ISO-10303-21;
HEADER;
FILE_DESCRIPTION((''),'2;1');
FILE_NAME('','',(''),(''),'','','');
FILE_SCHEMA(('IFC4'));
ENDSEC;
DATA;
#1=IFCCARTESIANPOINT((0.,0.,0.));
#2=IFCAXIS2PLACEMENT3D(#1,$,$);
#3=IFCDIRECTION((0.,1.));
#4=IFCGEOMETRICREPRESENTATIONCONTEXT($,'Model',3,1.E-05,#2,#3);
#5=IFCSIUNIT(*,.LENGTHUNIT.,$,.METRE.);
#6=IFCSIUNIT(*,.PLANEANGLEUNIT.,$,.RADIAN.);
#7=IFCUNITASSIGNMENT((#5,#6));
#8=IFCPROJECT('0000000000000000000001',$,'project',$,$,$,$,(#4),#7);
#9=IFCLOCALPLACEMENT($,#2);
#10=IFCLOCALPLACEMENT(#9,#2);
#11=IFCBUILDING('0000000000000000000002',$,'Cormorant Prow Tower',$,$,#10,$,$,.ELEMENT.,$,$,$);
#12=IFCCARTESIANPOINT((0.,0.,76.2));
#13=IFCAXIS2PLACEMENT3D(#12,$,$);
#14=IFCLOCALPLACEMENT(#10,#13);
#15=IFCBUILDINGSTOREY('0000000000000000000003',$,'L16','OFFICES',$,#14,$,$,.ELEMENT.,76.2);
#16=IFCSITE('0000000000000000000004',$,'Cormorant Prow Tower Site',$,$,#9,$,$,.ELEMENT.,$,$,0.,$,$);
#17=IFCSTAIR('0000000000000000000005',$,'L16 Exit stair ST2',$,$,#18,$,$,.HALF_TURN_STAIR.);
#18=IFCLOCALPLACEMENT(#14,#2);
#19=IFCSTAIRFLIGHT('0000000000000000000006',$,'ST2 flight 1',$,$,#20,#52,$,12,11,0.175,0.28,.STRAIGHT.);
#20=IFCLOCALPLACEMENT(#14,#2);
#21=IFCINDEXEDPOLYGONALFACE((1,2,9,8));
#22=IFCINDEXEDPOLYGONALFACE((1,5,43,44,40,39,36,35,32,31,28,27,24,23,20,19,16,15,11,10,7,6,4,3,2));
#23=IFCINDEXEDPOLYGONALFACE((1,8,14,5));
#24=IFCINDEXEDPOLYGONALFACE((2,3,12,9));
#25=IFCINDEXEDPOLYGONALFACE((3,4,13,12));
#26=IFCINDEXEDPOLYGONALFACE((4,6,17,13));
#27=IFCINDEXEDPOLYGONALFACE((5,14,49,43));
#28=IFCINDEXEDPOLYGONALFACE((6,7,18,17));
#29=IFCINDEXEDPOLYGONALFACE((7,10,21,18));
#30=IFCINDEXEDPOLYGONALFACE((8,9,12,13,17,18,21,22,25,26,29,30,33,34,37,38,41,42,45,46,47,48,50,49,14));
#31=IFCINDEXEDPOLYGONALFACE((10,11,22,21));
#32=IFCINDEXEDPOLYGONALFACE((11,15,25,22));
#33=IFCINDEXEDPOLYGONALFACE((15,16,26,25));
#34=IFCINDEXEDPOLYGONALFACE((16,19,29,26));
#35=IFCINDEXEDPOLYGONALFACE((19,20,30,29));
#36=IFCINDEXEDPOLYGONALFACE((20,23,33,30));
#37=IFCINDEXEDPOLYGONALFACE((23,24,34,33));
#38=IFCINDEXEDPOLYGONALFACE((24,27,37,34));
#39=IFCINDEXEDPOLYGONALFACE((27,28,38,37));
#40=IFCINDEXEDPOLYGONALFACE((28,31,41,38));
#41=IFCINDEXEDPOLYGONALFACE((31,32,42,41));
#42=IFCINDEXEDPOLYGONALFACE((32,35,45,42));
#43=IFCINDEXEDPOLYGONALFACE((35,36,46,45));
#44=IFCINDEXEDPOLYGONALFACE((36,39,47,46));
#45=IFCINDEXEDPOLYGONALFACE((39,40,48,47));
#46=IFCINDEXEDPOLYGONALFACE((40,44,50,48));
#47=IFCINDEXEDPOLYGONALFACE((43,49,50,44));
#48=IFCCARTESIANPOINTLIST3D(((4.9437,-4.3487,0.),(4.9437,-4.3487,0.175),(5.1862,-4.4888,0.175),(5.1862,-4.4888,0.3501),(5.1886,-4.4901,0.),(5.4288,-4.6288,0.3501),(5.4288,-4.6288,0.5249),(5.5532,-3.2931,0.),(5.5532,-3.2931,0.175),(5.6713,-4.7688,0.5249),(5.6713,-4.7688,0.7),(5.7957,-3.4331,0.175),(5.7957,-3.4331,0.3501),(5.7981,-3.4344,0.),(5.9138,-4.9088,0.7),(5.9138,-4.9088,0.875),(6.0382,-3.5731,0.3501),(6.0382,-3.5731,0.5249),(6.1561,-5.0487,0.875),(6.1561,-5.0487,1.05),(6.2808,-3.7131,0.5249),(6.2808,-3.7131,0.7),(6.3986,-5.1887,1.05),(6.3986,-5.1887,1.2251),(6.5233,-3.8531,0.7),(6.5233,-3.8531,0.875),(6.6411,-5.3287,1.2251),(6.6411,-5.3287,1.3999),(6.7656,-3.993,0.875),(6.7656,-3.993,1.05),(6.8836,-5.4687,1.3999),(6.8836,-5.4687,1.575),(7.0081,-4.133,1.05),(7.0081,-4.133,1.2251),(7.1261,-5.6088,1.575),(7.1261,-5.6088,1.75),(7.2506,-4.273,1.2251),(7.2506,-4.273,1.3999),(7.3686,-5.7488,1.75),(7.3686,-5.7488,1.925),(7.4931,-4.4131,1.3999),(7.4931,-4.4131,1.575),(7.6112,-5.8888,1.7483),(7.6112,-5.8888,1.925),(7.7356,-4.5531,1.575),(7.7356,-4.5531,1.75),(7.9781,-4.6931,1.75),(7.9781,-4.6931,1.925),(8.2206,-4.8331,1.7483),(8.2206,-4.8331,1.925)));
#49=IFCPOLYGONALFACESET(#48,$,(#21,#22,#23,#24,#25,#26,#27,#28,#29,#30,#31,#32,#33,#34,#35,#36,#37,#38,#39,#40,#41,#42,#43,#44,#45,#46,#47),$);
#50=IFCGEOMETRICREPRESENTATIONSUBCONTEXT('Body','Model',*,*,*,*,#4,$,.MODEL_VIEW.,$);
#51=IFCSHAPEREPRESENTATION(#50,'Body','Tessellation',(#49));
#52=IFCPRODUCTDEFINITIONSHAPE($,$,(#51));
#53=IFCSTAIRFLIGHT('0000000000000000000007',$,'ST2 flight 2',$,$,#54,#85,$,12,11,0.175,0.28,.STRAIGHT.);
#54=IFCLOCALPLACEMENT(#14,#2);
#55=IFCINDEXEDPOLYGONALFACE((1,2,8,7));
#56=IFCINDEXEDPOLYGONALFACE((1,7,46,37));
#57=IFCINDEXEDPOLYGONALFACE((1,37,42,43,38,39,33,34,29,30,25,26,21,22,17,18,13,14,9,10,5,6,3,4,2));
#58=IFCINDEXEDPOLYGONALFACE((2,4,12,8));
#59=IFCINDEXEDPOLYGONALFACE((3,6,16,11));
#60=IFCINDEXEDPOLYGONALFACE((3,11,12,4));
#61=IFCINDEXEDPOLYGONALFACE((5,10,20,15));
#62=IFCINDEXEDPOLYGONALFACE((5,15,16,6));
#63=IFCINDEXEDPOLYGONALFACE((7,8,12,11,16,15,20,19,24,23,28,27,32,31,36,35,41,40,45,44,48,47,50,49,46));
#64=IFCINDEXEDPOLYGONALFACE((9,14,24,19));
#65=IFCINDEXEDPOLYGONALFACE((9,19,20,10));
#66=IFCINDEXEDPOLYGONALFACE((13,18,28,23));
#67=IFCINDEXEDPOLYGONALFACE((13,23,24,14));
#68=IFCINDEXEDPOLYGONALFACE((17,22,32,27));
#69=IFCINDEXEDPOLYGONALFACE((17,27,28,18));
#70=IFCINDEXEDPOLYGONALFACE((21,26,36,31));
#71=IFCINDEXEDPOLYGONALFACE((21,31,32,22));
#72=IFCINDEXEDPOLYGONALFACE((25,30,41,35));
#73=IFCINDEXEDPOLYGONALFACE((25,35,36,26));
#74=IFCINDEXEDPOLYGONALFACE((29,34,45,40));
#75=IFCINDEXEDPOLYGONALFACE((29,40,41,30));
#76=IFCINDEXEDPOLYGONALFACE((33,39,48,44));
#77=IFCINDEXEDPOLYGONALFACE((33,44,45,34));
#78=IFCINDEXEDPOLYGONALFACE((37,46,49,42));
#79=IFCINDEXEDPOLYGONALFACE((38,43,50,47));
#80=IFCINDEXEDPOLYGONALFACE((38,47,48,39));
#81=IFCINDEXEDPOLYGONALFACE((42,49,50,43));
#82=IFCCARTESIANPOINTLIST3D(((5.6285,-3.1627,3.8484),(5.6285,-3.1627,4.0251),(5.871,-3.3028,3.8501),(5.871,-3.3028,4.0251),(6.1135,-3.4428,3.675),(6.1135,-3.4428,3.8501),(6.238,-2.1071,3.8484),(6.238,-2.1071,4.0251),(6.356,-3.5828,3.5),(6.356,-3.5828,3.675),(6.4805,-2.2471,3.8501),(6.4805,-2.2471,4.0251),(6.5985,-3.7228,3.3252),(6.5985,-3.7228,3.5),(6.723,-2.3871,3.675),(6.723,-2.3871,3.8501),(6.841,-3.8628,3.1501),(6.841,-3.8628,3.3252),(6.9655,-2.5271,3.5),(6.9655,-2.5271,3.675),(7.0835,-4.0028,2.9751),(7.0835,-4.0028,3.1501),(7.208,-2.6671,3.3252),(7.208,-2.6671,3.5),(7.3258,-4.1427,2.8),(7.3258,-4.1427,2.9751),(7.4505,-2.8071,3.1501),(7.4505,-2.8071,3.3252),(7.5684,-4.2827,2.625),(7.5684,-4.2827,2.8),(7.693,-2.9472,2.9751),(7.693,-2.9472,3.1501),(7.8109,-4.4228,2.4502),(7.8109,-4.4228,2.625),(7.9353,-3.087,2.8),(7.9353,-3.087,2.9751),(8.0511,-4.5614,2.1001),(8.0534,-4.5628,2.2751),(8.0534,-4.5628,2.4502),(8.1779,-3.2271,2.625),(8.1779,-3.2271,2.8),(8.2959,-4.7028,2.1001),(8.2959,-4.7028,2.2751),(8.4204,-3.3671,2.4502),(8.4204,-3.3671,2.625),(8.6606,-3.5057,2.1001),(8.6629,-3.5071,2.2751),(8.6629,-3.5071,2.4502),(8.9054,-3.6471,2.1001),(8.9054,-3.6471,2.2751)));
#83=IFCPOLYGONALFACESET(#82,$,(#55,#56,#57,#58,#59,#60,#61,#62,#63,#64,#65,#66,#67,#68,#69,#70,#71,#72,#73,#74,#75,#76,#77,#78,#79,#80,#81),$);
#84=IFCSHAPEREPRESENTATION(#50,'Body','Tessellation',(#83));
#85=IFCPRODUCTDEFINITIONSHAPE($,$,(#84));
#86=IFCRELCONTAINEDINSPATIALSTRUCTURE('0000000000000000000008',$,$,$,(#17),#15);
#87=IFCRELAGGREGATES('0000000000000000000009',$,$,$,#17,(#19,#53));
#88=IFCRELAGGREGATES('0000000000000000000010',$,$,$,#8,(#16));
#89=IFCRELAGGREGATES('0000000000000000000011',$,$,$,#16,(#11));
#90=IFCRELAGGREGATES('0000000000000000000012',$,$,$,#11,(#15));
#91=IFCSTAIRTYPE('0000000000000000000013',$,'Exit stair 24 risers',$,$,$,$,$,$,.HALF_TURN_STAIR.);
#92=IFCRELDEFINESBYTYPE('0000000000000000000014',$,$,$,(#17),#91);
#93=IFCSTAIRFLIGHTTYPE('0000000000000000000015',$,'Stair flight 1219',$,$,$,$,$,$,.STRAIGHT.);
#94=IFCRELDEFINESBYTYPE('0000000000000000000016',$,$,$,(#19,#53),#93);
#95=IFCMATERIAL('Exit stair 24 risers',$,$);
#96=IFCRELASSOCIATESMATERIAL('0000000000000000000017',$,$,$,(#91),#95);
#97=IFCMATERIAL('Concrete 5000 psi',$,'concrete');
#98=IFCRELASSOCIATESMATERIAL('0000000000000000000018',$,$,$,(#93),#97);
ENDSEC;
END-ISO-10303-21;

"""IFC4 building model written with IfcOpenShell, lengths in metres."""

from ifc_helpers import new_model, si_unit, direction, frame, origin, place, context, subcontext, project, spatial, polyline, outline, extrude, material, type_object, element, aggregate, save


model = new_model("IFC4")

# Units and contexts
model_context = context("Model", 3, precision=1e-05, world=origin(), true_north=direction((0.0, 1.0)))
body_context = subcontext(model_context, "Body", "Model", "MODEL_VIEW")
ifc_project = project(units=[si_unit("LENGTHUNIT", "METRE"), si_unit("PLANEANGLEUNIT", "RADIAN")], contexts=[model_context])

# Site, building, storey
site_placement = place(None, origin())
site = spatial("IfcSite", under=ifc_project, at=site_placement, Name="Cormorant Prow Tower Site", CompositionType="ELEMENT", RefElevation=0.0)
building_placement = place(site_placement, origin())
building = spatial("IfcBuilding", under=site, at=building_placement, Name="Cormorant Prow Tower", CompositionType="ELEMENT")
storey_placement = place(building_placement, frame((0.0, 0.0, 76.2)))
storey = spatial("IfcBuildingStorey", under=building, at=storey_placement, Name="L16", Description="OFFICES", CompositionType="ELEMENT", Elevation=76.2)

# Stair, stair flights
ifc_material_1 = material(Name="Exit stair 24 risers")
stair_type = type_object("IfcStairType", Name="Exit stair 24 risers", PredefinedType="HALF_TURN_STAIR", material=ifc_material_1)
stair_placement = place(storey_placement, origin())
stair = element("IfcStair", 1, at=stair_placement, inside=storey, type_object=stair_type, Name="L16 Exit stair ST2", PredefinedType="HALF_TURN_STAIR")
ifc_material_2 = material(Name="Concrete 5000 psi", Category="concrete")
stair_flight_type = type_object("IfcStairFlightType", Name="Stair flight 1219", PredefinedType="STRAIGHT", material=ifc_material_2)
stair_flight_1_placement = place(storey_placement, frame((5.2485, -3.8208, 0.0), z_axis=(0.0, 0.0, 1.0), x_axis=(0.866025, -0.5, 0.0)))
stair_flight_1 = element("IfcStairFlight", 2, at=stair_flight_1_placement, type_object=stair_flight_type, Name="ST2 flight 1", NumberOfRisers=12, NumberOfTreads=11, PredefinedType="STRAIGHT", RiserHeight=0.175, TreadLength=0.28, context=body_context, shape_type="SweptSolid", body=[
    extrude(outline(polyline([(0.0, 0.0), (0.0, 0.175), (0.28, 0.175), (0.28, 0.3501), (0.5601, 0.3501), (0.5601, 0.5249), (0.8401, 0.5249), (0.8401, 0.7), (1.1201, 0.7), (1.1201, 0.875), (1.3999, 0.875), (1.3999, 1.05), (1.6799, 1.05), (1.6799, 1.2251), (1.96, 1.2251), (1.96, 1.3999), (2.24, 1.3999), (2.24, 1.575), (2.52, 1.575), (2.52, 1.75), (2.8, 1.75), (2.8, 1.925), (3.0801, 1.925), (3.0801, 2.1001), (3.0801, 1.7483), (0.2827, 0.0), (0.0, 0.0)])), frame((0.0, 0.6094, 0.0), z_axis=(0.0, -1.0, 0.0), x_axis=(1.0, 0.0, 0.0)), (0.0, 0.0, 1.0), 1.219),
])
stair_flight_2_placement = place(storey_placement, frame((8.6006, -4.175, 2.1001), z_axis=(0.0, 0.0, 1.0), x_axis=(-0.866025, 0.5, 0.0)))
stair_flight_2 = element("IfcStairFlight", 3, at=stair_flight_2_placement, type_object=stair_flight_type, Name="ST2 flight 2", NumberOfRisers=12, NumberOfTreads=11, PredefinedType="STRAIGHT", RiserHeight=0.175, TreadLength=0.28, context=body_context, shape_type="SweptSolid", body=[
    extrude(outline(polyline([(0.0, 0.0), (0.0, 0.175), (0.28, 0.175), (0.28, 0.3501), (0.5601, 0.3501), (0.5601, 0.5249), (0.8401, 0.5249), (0.8401, 0.7), (1.1201, 0.7), (1.1201, 0.875), (1.3999, 0.875), (1.3999, 1.05), (1.6799, 1.05), (1.6799, 1.2251), (1.96, 1.2251), (1.96, 1.3999), (2.24, 1.3999), (2.24, 1.575), (2.52, 1.575), (2.52, 1.75), (2.8, 1.75), (2.8, 1.925), (3.0801, 1.925), (3.0801, 2.1001), (3.0801, 1.7483), (0.2827, 0.0), (0.0, 0.0)])), frame((0.0, 0.6094, 0.0), z_axis=(0.0, -1.0, 0.0), x_axis=(1.0, 0.0, 0.0)), (0.0, 0.0, 1.0), 1.219),
])
aggregate(stair, [stair_flight_1, stair_flight_2])

save(model, "model.ifc")
